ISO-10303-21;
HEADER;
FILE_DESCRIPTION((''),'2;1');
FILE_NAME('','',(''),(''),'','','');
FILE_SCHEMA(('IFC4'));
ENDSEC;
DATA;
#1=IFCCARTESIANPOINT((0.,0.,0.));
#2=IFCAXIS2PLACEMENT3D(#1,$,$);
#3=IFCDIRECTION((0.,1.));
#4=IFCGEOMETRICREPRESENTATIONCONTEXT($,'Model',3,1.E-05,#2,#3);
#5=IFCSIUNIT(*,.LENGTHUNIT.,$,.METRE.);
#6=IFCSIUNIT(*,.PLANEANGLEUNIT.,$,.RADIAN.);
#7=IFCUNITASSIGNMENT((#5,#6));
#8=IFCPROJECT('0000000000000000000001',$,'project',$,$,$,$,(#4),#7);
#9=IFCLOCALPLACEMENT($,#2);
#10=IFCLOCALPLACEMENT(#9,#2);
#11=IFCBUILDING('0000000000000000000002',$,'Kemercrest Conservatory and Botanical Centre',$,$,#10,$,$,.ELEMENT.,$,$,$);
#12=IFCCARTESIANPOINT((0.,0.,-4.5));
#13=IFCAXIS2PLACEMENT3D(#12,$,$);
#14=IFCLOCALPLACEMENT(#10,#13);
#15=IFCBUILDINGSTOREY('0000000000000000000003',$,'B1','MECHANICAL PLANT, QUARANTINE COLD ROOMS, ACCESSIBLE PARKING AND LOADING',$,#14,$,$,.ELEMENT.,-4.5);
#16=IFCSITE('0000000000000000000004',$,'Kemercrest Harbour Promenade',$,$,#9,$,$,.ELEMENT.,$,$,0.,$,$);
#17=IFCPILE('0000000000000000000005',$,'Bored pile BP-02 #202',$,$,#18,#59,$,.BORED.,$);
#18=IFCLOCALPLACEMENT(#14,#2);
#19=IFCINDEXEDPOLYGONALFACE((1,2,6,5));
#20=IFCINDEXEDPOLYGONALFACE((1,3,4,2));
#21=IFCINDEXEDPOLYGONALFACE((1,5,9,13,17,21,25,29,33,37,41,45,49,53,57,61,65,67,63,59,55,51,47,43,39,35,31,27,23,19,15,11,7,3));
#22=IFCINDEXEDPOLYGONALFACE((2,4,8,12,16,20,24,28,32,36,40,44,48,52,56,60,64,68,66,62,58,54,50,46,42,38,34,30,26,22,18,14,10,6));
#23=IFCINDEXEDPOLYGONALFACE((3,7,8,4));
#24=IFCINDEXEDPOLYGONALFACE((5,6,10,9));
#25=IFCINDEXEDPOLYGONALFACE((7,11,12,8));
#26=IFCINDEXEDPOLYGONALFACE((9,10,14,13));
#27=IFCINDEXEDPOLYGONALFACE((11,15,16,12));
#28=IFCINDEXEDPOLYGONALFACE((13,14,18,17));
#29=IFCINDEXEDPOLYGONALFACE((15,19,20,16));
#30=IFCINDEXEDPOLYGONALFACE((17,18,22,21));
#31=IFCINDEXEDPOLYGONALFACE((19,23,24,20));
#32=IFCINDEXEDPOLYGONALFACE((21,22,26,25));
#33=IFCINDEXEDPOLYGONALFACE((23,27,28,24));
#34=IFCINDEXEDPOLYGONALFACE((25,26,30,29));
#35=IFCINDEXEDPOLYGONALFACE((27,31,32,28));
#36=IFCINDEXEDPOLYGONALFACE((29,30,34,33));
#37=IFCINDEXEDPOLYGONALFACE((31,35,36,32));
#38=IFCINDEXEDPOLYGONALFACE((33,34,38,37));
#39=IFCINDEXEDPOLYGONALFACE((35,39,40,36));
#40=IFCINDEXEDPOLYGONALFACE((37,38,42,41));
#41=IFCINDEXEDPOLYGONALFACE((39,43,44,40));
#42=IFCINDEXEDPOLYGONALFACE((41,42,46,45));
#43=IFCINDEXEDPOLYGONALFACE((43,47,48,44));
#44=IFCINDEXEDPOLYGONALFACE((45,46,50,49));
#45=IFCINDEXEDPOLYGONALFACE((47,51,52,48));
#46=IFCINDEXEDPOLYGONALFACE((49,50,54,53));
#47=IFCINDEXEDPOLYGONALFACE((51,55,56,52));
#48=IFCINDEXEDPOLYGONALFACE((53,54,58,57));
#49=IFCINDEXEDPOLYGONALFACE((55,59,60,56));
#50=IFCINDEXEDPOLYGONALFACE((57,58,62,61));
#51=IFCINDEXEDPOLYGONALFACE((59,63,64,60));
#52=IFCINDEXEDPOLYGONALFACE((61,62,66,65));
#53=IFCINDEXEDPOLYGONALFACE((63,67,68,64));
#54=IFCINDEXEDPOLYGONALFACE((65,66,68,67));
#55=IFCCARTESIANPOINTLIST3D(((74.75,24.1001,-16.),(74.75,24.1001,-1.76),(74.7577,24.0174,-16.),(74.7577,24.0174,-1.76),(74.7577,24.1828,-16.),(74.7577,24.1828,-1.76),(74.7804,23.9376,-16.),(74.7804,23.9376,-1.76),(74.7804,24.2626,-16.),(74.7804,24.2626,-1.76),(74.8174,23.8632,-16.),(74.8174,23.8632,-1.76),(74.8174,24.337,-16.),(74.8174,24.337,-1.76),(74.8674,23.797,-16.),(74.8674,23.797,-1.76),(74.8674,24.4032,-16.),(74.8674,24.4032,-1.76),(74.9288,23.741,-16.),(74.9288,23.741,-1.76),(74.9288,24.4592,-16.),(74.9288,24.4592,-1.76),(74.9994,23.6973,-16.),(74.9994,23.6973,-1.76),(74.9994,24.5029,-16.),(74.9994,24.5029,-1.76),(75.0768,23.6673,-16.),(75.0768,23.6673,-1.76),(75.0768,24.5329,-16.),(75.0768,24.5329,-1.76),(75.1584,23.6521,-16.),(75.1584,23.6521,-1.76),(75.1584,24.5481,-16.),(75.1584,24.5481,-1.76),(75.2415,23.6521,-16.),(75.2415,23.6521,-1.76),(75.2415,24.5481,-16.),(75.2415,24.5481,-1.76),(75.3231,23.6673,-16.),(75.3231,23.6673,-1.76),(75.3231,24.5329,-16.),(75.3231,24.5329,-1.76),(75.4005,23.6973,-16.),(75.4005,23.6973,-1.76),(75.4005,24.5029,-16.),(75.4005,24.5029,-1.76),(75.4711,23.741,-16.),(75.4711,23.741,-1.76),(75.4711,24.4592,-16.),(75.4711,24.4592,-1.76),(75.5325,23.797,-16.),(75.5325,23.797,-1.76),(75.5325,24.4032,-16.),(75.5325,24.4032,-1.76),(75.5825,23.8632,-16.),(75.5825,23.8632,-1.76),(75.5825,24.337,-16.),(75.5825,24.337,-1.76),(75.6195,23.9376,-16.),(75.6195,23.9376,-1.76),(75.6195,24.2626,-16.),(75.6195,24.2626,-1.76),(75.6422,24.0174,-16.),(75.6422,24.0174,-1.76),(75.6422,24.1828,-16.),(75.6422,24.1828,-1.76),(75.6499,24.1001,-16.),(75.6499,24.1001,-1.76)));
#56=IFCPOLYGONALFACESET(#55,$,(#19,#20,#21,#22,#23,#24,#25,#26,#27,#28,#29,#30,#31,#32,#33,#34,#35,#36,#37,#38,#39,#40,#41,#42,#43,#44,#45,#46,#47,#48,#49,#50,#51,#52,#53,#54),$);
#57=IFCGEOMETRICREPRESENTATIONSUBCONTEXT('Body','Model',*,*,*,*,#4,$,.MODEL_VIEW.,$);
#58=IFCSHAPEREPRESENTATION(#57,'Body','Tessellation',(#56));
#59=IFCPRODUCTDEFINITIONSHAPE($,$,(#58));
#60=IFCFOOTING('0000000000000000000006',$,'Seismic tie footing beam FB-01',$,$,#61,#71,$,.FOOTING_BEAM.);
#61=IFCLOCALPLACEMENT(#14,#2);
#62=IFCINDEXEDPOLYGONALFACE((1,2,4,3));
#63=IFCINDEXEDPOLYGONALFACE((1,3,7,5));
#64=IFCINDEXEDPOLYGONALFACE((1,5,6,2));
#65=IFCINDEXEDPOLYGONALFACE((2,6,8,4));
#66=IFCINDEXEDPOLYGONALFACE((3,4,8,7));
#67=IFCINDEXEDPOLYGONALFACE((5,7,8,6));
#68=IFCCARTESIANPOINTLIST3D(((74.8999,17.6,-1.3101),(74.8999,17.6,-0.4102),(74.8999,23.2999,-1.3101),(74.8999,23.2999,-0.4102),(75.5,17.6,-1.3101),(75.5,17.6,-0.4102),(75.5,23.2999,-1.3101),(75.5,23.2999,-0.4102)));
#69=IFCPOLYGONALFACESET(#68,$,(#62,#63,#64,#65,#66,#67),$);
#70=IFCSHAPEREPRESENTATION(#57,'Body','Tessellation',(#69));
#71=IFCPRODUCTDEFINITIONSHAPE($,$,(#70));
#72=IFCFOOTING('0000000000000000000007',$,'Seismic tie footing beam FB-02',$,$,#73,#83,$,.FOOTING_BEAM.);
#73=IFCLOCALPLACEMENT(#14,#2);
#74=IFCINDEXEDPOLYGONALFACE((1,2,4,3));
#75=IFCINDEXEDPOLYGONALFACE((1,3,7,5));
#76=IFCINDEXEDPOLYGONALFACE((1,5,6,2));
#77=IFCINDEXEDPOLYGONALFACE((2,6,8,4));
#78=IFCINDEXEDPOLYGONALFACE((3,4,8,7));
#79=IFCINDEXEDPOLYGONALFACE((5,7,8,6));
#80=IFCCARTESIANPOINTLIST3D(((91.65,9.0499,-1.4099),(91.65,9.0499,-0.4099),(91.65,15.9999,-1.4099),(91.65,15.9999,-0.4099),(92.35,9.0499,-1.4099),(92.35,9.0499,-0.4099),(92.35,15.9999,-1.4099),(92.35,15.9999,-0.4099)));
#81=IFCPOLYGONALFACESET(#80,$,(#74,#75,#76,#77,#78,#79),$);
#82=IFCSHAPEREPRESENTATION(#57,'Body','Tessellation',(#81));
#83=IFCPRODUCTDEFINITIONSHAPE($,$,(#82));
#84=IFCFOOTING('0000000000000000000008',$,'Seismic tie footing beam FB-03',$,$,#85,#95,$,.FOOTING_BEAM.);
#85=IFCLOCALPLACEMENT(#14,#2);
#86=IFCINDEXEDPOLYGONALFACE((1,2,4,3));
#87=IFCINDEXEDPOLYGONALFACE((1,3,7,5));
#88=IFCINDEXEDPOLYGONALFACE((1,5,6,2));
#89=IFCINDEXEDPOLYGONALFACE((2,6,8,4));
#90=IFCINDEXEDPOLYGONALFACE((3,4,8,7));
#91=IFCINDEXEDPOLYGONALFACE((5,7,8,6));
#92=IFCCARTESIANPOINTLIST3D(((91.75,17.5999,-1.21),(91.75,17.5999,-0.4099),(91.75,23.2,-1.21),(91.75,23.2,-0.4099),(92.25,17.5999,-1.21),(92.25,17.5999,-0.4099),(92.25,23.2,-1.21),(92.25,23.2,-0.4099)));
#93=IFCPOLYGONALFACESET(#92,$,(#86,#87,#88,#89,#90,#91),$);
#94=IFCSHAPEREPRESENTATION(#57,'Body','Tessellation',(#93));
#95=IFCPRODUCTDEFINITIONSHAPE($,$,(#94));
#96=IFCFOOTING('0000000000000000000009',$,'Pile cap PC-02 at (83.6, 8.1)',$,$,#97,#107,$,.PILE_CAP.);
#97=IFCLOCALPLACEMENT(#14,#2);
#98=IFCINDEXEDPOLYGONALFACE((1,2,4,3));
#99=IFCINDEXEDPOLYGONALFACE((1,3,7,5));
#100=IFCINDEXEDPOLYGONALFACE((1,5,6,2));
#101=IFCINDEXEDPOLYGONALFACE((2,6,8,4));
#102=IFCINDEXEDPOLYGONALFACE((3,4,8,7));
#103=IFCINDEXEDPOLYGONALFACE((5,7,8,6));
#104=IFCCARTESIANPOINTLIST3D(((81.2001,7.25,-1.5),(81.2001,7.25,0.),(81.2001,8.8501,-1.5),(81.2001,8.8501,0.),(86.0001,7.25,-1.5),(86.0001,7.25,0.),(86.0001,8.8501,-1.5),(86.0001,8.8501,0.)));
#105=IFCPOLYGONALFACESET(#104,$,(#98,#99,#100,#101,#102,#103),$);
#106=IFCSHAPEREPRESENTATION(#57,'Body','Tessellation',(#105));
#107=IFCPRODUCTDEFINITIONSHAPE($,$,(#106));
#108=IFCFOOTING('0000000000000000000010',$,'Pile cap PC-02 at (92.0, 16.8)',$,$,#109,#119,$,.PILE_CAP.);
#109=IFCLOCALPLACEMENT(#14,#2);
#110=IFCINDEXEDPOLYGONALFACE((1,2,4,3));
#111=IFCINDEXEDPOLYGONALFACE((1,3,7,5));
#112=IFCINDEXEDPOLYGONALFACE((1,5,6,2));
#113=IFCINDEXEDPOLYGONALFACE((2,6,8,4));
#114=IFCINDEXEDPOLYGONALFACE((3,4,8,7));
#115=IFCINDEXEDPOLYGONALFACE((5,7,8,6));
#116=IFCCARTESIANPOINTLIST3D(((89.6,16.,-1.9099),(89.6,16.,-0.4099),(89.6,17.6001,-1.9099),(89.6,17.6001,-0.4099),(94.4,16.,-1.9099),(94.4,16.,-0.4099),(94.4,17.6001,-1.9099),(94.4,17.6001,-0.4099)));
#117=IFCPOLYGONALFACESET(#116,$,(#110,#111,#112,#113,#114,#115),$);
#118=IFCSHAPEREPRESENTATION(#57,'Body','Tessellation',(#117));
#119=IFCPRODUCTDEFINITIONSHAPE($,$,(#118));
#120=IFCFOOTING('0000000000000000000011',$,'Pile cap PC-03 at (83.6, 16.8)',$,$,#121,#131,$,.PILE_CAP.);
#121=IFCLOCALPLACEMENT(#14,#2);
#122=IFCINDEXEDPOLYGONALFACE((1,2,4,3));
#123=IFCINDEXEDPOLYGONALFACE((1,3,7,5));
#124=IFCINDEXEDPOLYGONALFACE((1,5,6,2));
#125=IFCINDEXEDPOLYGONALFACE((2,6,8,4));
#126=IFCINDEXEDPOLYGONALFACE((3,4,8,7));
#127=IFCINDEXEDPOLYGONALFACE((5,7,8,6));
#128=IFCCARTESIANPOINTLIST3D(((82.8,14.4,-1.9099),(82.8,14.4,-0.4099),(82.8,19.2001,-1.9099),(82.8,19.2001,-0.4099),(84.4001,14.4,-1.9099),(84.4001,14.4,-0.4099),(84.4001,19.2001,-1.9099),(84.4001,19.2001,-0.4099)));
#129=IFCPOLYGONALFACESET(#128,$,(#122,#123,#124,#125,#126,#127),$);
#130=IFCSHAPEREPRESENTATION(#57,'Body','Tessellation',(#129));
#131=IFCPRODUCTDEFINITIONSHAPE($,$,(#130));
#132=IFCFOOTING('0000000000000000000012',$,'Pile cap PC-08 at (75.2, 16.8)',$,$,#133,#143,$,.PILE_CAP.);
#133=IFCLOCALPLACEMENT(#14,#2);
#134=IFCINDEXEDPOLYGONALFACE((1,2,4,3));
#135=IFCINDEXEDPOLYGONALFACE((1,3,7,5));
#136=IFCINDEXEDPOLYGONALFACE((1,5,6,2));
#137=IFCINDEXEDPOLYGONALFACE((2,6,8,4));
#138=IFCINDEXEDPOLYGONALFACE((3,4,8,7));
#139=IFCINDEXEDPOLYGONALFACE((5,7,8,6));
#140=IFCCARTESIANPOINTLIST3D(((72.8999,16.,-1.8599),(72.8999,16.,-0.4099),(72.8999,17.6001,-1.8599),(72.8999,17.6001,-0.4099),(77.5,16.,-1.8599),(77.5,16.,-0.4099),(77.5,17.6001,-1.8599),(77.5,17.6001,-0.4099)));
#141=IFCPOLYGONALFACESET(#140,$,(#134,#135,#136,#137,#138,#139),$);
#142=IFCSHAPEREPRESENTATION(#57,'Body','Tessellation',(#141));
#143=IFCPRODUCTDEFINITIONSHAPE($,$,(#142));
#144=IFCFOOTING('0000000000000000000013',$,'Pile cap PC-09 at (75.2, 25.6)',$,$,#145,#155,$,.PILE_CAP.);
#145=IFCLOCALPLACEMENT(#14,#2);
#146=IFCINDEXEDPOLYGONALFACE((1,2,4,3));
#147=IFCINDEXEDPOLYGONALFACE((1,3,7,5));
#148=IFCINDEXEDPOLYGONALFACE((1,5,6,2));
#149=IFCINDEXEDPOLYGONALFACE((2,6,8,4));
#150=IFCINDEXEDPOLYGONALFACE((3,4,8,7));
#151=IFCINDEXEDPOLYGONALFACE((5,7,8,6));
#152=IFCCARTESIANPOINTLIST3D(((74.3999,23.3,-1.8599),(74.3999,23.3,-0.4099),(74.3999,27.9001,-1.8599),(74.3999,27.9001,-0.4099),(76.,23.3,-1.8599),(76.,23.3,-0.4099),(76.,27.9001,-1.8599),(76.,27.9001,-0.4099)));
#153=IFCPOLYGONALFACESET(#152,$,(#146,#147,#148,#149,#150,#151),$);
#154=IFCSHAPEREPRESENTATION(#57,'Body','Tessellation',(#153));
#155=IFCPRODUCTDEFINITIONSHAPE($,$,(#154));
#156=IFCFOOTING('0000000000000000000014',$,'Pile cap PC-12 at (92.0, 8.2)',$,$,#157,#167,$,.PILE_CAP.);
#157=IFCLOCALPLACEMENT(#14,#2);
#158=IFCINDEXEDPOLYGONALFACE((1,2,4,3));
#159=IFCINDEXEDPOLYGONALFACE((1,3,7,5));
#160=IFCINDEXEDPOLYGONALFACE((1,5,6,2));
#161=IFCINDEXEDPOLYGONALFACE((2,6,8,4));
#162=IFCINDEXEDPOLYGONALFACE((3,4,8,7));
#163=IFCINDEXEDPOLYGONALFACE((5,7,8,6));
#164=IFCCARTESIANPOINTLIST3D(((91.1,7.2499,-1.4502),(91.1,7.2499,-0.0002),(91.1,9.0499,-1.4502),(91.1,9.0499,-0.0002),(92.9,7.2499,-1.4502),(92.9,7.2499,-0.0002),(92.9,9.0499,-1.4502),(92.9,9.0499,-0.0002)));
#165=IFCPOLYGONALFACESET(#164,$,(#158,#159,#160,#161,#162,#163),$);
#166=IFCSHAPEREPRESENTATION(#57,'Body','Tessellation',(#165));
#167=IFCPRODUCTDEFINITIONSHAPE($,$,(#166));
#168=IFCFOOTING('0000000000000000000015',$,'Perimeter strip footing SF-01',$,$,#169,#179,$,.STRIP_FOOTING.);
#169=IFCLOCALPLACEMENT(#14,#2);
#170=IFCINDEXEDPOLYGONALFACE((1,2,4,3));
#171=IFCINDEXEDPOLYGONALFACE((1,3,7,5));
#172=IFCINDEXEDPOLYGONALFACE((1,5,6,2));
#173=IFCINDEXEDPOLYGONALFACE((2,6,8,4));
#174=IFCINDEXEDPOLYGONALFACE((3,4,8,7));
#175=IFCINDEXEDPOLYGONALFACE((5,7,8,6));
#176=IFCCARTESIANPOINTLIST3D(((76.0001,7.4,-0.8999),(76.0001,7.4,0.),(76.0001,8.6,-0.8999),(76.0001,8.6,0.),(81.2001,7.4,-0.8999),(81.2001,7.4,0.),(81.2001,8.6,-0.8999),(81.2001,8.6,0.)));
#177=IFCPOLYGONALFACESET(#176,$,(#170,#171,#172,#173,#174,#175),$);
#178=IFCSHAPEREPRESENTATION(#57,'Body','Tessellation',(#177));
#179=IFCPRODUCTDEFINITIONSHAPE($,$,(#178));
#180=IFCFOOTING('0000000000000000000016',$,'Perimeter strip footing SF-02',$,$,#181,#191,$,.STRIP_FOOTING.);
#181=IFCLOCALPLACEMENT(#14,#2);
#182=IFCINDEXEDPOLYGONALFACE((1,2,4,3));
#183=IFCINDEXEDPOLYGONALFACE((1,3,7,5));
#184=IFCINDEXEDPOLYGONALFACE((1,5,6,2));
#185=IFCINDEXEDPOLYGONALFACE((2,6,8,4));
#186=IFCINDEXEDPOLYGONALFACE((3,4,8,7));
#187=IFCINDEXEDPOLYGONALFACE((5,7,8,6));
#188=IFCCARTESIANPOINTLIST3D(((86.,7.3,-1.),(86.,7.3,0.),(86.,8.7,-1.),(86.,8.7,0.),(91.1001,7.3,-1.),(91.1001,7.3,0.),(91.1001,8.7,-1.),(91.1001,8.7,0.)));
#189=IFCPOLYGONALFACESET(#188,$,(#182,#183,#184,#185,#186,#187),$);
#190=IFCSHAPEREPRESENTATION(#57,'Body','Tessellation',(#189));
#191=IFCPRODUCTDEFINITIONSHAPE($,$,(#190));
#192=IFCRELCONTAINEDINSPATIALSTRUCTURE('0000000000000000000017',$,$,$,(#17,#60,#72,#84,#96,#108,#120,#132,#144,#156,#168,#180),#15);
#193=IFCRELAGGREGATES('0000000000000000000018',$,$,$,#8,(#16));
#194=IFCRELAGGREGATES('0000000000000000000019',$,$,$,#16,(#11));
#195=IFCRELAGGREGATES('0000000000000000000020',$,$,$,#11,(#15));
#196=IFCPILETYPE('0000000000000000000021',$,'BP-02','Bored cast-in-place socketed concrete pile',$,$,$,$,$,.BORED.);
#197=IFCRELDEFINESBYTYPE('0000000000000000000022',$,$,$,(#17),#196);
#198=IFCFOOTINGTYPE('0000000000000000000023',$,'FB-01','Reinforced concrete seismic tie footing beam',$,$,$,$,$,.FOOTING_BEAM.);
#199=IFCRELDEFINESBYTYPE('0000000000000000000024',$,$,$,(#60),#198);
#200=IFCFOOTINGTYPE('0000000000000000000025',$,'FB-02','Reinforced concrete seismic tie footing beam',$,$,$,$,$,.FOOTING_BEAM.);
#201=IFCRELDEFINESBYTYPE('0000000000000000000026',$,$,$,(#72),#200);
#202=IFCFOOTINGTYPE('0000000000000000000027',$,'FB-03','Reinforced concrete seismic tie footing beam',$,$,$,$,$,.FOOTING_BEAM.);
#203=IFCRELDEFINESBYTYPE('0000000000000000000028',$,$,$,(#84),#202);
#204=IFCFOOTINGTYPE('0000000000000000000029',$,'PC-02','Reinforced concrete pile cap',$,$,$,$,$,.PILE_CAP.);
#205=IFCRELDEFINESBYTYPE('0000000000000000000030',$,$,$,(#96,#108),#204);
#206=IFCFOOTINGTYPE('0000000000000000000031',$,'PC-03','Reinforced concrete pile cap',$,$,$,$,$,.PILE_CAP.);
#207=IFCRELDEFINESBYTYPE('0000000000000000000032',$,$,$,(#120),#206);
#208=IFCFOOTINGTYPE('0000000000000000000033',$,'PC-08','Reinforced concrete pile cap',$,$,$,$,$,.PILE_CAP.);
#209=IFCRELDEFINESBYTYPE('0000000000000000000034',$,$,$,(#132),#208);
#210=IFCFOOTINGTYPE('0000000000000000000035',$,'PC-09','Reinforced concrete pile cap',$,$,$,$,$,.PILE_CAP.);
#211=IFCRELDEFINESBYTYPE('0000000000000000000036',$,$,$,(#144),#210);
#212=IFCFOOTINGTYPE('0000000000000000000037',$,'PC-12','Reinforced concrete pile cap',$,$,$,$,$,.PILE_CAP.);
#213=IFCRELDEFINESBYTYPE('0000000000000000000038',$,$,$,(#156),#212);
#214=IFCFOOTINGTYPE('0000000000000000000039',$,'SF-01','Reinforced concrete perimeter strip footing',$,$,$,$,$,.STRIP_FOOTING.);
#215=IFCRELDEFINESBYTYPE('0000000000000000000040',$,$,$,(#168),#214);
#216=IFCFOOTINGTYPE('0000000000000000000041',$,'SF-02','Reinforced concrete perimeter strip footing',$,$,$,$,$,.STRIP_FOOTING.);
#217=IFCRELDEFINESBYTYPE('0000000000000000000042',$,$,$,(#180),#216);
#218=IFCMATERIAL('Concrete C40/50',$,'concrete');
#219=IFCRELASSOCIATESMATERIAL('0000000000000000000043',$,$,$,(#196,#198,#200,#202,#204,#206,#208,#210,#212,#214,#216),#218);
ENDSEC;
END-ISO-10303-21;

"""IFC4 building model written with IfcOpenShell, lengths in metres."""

from ifc_helpers import new_model, si_unit, direction, frame, origin, origin_2d, place, context, subcontext, project, spatial, rectangle, circle, extrude, material, material_profile, profile_set, type_object, element, save


model = new_model("IFC4")

# Units and contexts
model_context = context("Model", 3, precision=1e-05, world=origin(), true_north=direction((0.0, 1.0)))
body_context = subcontext(model_context, "Body", "Model", "MODEL_VIEW")
ifc_project = project(units=[si_unit("LENGTHUNIT", "METRE"), si_unit("PLANEANGLEUNIT", "RADIAN")], contexts=[model_context])

# Site, building, storey
site_placement = place(None, origin())
site = spatial("IfcSite", under=ifc_project, at=site_placement, Name="Kemercrest Harbour Promenade", CompositionType="ELEMENT", RefElevation=0.0)
building_placement = place(site_placement, origin())
building = spatial("IfcBuilding", under=site, at=building_placement, Name="Kemercrest Conservatory and Botanical Centre", CompositionType="ELEMENT")
storey_placement = place(building_placement, frame((0.0, 0.0, -4.5)))
storey = spatial("IfcBuildingStorey", under=building, at=storey_placement, Name="B1", Description="MECHANICAL PLANT, QUARANTINE COLD ROOMS, ACCESSIBLE PARKING AND LOADING", CompositionType="ELEMENT", Elevation=-4.5)

# Pile
ifc_material_1 = material(Name="Concrete C40/50", Category="concrete")
ifc_material_profile_1 = material_profile(ifc_material_1, circle(Radius=0.45, at=origin_2d()), Name="BORED PILE 900")
ifc_profile_set_1 = profile_set([ifc_material_profile_1], Name="Concrete C40/50")
pile_type_1 = type_object("IfcPileType", Name="BP-02", Description="Bored cast-in-place socketed concrete pile", PredefinedType="BORED", material=ifc_profile_set_1)
for number, where, z_axis, x_axis, name in (
    (1, (75.2, 24.1001, -1.76), (0.0, 0.0, -1.0), (1.0, 0.0, 0.0), "Bored pile BP-02 #202"),
):
    element("IfcPile", number, at=place(storey_placement, frame(where, z_axis=z_axis, x_axis=x_axis)), inside=storey, type_object=pile_type_1, Name=name, PredefinedType="BORED", context=body_context, shape_type="SweptSolid", body=[
        extrude(circle(Radius=0.45, at=origin_2d()), origin(), (0.0, 0.0, 1.0), 14.24),
    ])

# Footings
footing_type_1 = type_object("IfcFootingType", Name="FB-01", Description="Reinforced concrete seismic tie footing beam", PredefinedType="FOOTING_BEAM", material=ifc_material_1)
footing_1_placement = place(storey_placement, frame((75.2, 20.45, -1.3101), z_axis=(0.0, 0.0, 1.0), x_axis=(1.0, 0.0, 0.0)))
element("IfcFooting", 2, at=footing_1_placement, inside=storey, type_object=footing_type_1, Name="Seismic tie footing beam FB-01", PredefinedType="FOOTING_BEAM", context=body_context, shape_type="SweptSolid", body=[
    extrude(rectangle(XDim=0.6001, YDim=5.7, at=origin_2d()), origin(), (0.0, 0.0, 1.0), 0.8999),
])
footing_type_2 = type_object("IfcFootingType", Name="FB-02", Description="Reinforced concrete seismic tie footing beam", PredefinedType="FOOTING_BEAM", material=ifc_material_1)
footing_2_placement = place(storey_placement, frame((92.0, 12.5249, -1.4099), z_axis=(0.0, 0.0, 1.0), x_axis=(1.0, 0.0, 0.0)))
element("IfcFooting", 3, at=footing_2_placement, inside=storey, type_object=footing_type_2, Name="Seismic tie footing beam FB-02", PredefinedType="FOOTING_BEAM", context=body_context, shape_type="SweptSolid", body=[
    extrude(rectangle(XDim=0.7, YDim=6.95, at=origin_2d()), origin(), (0.0, 0.0, 1.0), 1.0),
])
footing_type_3 = type_object("IfcFootingType", Name="FB-03", Description="Reinforced concrete seismic tie footing beam", PredefinedType="FOOTING_BEAM", material=ifc_material_1)
footing_3_placement = place(storey_placement, frame((92.0, 20.3999, -1.21), z_axis=(0.0, 0.0, 1.0), x_axis=(1.0, 0.0, 0.0)))
element("IfcFooting", 4, at=footing_3_placement, inside=storey, type_object=footing_type_3, Name="Seismic tie footing beam FB-03", PredefinedType="FOOTING_BEAM", context=body_context, shape_type="SweptSolid", body=[
    extrude(rectangle(XDim=0.5, YDim=5.6001, at=origin_2d()), origin(), (0.0, 0.0, 1.0), 0.8),
])
footing_type_4 = type_object("IfcFootingType", Name="PC-02", Description="Reinforced concrete pile cap", PredefinedType="PILE_CAP", material=ifc_material_1)
for number, where, z_axis, x_axis, name in (
    (5, (83.6001, 8.05, -1.5), (0.0, 0.0, 1.0), (1.0, 0.0, 0.0), "Pile cap PC-02 at (83.6, 8.1)"),
    (6, (92.0, 16.8, -1.9099), (0.0, 0.0, 1.0), (1.0, 0.0, 0.0), "Pile cap PC-02 at (92.0, 16.8)"),
):
    element("IfcFooting", number, at=place(storey_placement, frame(where, z_axis=z_axis, x_axis=x_axis)), inside=storey, type_object=footing_type_4, Name=name, PredefinedType="PILE_CAP", context=body_context, shape_type="SweptSolid", body=[
        extrude(rectangle(XDim=4.8, YDim=1.6001, at=origin_2d()), origin(), (0.0, 0.0, 1.0), 1.5),
    ])
footing_type_5 = type_object("IfcFootingType", Name="PC-03", Description="Reinforced concrete pile cap", PredefinedType="PILE_CAP", material=ifc_material_1)
footing_4_placement = place(storey_placement, frame((83.6001, 16.8, -1.9099), z_axis=(0.0, 0.0, 1.0), x_axis=(1.0, 0.0, 0.0)))
element("IfcFooting", 7, at=footing_4_placement, inside=storey, type_object=footing_type_5, Name="Pile cap PC-03 at (83.6, 16.8)", PredefinedType="PILE_CAP", context=body_context, shape_type="SweptSolid", body=[
    extrude(rectangle(XDim=1.6001, YDim=4.8, at=origin_2d()), origin(), (0.0, 0.0, 1.0), 1.5),
])
footing_type_6 = type_object("IfcFootingType", Name="PC-08", Description="Reinforced concrete pile cap", PredefinedType="PILE_CAP", material=ifc_material_1)
footing_5_placement = place(storey_placement, frame((75.2, 16.8, -1.8599), z_axis=(0.0, 0.0, 1.0), x_axis=(1.0, 0.0, 0.0)))
element("IfcFooting", 8, at=footing_5_placement, inside=storey, type_object=footing_type_6, Name="Pile cap PC-08 at (75.2, 16.8)", PredefinedType="PILE_CAP", context=body_context, shape_type="SweptSolid", body=[
    extrude(rectangle(XDim=4.6001, YDim=1.6001, at=origin_2d()), origin(), (0.0, 0.0, 1.0), 1.45),
])
footing_type_7 = type_object("IfcFootingType", Name="PC-09", Description="Reinforced concrete pile cap", PredefinedType="PILE_CAP", material=ifc_material_1)
footing_6_placement = place(storey_placement, frame((75.2, 25.6001, -1.8599), z_axis=(0.0, 0.0, 1.0), x_axis=(1.0, 0.0, 0.0)))
element("IfcFooting", 9, at=footing_6_placement, inside=storey, type_object=footing_type_7, Name="Pile cap PC-09 at (75.2, 25.6)", PredefinedType="PILE_CAP", context=body_context, shape_type="SweptSolid", body=[
    extrude(rectangle(XDim=1.6001, YDim=4.6001, at=origin_2d()), origin(), (0.0, 0.0, 1.0), 1.45),
])
footing_type_8 = type_object("IfcFootingType", Name="PC-12", Description="Reinforced concrete pile cap", PredefinedType="PILE_CAP", material=ifc_material_1)
footing_7_placement = place(storey_placement, frame((92.0, 8.1499, -1.4502), z_axis=(0.0, 0.0, 1.0), x_axis=(1.0, 0.0, 0.0)))
element("IfcFooting", 10, at=footing_7_placement, inside=storey, type_object=footing_type_8, Name="Pile cap PC-12 at (92.0, 8.2)", PredefinedType="PILE_CAP", context=body_context, shape_type="SweptSolid", body=[
    extrude(rectangle(XDim=1.8, YDim=1.8, at=origin_2d()), origin(), (0.0, 0.0, 1.0), 1.45),
])
footing_type_9 = type_object("IfcFootingType", Name="SF-01", Description="Reinforced concrete perimeter strip footing", PredefinedType="STRIP_FOOTING", material=ifc_material_1)
footing_8_placement = place(storey_placement, frame((78.6001, 8.0, -0.8999), z_axis=(0.0, 0.0, 1.0), x_axis=(1.0, 0.0, 0.0)))
element("IfcFooting", 11, at=footing_8_placement, inside=storey, type_object=footing_type_9, Name="Perimeter strip footing SF-01", PredefinedType="STRIP_FOOTING", context=body_context, shape_type="SweptSolid", body=[
    extrude(rectangle(XDim=5.2, YDim=1.2, at=origin_2d()), origin(), (0.0, 0.0, 1.0), 0.8999),
])
footing_type_10 = type_object("IfcFootingType", Name="SF-02", Description="Reinforced concrete perimeter strip footing", PredefinedType="STRIP_FOOTING", material=ifc_material_1)
footing_9_placement = place(storey_placement, frame((88.55, 8.0, -1.0), z_axis=(0.0, 0.0, 1.0), x_axis=(1.0, 0.0, 0.0)))
element("IfcFooting", 12, at=footing_9_placement, inside=storey, type_object=footing_type_10, Name="Perimeter strip footing SF-02", PredefinedType="STRIP_FOOTING", context=body_context, shape_type="SweptSolid", body=[
    extrude(rectangle(XDim=5.1001, YDim=1.3999, at=origin_2d()), origin(), (0.0, 0.0, 1.0), 1.0),
])

save(model, "model.ifc")
